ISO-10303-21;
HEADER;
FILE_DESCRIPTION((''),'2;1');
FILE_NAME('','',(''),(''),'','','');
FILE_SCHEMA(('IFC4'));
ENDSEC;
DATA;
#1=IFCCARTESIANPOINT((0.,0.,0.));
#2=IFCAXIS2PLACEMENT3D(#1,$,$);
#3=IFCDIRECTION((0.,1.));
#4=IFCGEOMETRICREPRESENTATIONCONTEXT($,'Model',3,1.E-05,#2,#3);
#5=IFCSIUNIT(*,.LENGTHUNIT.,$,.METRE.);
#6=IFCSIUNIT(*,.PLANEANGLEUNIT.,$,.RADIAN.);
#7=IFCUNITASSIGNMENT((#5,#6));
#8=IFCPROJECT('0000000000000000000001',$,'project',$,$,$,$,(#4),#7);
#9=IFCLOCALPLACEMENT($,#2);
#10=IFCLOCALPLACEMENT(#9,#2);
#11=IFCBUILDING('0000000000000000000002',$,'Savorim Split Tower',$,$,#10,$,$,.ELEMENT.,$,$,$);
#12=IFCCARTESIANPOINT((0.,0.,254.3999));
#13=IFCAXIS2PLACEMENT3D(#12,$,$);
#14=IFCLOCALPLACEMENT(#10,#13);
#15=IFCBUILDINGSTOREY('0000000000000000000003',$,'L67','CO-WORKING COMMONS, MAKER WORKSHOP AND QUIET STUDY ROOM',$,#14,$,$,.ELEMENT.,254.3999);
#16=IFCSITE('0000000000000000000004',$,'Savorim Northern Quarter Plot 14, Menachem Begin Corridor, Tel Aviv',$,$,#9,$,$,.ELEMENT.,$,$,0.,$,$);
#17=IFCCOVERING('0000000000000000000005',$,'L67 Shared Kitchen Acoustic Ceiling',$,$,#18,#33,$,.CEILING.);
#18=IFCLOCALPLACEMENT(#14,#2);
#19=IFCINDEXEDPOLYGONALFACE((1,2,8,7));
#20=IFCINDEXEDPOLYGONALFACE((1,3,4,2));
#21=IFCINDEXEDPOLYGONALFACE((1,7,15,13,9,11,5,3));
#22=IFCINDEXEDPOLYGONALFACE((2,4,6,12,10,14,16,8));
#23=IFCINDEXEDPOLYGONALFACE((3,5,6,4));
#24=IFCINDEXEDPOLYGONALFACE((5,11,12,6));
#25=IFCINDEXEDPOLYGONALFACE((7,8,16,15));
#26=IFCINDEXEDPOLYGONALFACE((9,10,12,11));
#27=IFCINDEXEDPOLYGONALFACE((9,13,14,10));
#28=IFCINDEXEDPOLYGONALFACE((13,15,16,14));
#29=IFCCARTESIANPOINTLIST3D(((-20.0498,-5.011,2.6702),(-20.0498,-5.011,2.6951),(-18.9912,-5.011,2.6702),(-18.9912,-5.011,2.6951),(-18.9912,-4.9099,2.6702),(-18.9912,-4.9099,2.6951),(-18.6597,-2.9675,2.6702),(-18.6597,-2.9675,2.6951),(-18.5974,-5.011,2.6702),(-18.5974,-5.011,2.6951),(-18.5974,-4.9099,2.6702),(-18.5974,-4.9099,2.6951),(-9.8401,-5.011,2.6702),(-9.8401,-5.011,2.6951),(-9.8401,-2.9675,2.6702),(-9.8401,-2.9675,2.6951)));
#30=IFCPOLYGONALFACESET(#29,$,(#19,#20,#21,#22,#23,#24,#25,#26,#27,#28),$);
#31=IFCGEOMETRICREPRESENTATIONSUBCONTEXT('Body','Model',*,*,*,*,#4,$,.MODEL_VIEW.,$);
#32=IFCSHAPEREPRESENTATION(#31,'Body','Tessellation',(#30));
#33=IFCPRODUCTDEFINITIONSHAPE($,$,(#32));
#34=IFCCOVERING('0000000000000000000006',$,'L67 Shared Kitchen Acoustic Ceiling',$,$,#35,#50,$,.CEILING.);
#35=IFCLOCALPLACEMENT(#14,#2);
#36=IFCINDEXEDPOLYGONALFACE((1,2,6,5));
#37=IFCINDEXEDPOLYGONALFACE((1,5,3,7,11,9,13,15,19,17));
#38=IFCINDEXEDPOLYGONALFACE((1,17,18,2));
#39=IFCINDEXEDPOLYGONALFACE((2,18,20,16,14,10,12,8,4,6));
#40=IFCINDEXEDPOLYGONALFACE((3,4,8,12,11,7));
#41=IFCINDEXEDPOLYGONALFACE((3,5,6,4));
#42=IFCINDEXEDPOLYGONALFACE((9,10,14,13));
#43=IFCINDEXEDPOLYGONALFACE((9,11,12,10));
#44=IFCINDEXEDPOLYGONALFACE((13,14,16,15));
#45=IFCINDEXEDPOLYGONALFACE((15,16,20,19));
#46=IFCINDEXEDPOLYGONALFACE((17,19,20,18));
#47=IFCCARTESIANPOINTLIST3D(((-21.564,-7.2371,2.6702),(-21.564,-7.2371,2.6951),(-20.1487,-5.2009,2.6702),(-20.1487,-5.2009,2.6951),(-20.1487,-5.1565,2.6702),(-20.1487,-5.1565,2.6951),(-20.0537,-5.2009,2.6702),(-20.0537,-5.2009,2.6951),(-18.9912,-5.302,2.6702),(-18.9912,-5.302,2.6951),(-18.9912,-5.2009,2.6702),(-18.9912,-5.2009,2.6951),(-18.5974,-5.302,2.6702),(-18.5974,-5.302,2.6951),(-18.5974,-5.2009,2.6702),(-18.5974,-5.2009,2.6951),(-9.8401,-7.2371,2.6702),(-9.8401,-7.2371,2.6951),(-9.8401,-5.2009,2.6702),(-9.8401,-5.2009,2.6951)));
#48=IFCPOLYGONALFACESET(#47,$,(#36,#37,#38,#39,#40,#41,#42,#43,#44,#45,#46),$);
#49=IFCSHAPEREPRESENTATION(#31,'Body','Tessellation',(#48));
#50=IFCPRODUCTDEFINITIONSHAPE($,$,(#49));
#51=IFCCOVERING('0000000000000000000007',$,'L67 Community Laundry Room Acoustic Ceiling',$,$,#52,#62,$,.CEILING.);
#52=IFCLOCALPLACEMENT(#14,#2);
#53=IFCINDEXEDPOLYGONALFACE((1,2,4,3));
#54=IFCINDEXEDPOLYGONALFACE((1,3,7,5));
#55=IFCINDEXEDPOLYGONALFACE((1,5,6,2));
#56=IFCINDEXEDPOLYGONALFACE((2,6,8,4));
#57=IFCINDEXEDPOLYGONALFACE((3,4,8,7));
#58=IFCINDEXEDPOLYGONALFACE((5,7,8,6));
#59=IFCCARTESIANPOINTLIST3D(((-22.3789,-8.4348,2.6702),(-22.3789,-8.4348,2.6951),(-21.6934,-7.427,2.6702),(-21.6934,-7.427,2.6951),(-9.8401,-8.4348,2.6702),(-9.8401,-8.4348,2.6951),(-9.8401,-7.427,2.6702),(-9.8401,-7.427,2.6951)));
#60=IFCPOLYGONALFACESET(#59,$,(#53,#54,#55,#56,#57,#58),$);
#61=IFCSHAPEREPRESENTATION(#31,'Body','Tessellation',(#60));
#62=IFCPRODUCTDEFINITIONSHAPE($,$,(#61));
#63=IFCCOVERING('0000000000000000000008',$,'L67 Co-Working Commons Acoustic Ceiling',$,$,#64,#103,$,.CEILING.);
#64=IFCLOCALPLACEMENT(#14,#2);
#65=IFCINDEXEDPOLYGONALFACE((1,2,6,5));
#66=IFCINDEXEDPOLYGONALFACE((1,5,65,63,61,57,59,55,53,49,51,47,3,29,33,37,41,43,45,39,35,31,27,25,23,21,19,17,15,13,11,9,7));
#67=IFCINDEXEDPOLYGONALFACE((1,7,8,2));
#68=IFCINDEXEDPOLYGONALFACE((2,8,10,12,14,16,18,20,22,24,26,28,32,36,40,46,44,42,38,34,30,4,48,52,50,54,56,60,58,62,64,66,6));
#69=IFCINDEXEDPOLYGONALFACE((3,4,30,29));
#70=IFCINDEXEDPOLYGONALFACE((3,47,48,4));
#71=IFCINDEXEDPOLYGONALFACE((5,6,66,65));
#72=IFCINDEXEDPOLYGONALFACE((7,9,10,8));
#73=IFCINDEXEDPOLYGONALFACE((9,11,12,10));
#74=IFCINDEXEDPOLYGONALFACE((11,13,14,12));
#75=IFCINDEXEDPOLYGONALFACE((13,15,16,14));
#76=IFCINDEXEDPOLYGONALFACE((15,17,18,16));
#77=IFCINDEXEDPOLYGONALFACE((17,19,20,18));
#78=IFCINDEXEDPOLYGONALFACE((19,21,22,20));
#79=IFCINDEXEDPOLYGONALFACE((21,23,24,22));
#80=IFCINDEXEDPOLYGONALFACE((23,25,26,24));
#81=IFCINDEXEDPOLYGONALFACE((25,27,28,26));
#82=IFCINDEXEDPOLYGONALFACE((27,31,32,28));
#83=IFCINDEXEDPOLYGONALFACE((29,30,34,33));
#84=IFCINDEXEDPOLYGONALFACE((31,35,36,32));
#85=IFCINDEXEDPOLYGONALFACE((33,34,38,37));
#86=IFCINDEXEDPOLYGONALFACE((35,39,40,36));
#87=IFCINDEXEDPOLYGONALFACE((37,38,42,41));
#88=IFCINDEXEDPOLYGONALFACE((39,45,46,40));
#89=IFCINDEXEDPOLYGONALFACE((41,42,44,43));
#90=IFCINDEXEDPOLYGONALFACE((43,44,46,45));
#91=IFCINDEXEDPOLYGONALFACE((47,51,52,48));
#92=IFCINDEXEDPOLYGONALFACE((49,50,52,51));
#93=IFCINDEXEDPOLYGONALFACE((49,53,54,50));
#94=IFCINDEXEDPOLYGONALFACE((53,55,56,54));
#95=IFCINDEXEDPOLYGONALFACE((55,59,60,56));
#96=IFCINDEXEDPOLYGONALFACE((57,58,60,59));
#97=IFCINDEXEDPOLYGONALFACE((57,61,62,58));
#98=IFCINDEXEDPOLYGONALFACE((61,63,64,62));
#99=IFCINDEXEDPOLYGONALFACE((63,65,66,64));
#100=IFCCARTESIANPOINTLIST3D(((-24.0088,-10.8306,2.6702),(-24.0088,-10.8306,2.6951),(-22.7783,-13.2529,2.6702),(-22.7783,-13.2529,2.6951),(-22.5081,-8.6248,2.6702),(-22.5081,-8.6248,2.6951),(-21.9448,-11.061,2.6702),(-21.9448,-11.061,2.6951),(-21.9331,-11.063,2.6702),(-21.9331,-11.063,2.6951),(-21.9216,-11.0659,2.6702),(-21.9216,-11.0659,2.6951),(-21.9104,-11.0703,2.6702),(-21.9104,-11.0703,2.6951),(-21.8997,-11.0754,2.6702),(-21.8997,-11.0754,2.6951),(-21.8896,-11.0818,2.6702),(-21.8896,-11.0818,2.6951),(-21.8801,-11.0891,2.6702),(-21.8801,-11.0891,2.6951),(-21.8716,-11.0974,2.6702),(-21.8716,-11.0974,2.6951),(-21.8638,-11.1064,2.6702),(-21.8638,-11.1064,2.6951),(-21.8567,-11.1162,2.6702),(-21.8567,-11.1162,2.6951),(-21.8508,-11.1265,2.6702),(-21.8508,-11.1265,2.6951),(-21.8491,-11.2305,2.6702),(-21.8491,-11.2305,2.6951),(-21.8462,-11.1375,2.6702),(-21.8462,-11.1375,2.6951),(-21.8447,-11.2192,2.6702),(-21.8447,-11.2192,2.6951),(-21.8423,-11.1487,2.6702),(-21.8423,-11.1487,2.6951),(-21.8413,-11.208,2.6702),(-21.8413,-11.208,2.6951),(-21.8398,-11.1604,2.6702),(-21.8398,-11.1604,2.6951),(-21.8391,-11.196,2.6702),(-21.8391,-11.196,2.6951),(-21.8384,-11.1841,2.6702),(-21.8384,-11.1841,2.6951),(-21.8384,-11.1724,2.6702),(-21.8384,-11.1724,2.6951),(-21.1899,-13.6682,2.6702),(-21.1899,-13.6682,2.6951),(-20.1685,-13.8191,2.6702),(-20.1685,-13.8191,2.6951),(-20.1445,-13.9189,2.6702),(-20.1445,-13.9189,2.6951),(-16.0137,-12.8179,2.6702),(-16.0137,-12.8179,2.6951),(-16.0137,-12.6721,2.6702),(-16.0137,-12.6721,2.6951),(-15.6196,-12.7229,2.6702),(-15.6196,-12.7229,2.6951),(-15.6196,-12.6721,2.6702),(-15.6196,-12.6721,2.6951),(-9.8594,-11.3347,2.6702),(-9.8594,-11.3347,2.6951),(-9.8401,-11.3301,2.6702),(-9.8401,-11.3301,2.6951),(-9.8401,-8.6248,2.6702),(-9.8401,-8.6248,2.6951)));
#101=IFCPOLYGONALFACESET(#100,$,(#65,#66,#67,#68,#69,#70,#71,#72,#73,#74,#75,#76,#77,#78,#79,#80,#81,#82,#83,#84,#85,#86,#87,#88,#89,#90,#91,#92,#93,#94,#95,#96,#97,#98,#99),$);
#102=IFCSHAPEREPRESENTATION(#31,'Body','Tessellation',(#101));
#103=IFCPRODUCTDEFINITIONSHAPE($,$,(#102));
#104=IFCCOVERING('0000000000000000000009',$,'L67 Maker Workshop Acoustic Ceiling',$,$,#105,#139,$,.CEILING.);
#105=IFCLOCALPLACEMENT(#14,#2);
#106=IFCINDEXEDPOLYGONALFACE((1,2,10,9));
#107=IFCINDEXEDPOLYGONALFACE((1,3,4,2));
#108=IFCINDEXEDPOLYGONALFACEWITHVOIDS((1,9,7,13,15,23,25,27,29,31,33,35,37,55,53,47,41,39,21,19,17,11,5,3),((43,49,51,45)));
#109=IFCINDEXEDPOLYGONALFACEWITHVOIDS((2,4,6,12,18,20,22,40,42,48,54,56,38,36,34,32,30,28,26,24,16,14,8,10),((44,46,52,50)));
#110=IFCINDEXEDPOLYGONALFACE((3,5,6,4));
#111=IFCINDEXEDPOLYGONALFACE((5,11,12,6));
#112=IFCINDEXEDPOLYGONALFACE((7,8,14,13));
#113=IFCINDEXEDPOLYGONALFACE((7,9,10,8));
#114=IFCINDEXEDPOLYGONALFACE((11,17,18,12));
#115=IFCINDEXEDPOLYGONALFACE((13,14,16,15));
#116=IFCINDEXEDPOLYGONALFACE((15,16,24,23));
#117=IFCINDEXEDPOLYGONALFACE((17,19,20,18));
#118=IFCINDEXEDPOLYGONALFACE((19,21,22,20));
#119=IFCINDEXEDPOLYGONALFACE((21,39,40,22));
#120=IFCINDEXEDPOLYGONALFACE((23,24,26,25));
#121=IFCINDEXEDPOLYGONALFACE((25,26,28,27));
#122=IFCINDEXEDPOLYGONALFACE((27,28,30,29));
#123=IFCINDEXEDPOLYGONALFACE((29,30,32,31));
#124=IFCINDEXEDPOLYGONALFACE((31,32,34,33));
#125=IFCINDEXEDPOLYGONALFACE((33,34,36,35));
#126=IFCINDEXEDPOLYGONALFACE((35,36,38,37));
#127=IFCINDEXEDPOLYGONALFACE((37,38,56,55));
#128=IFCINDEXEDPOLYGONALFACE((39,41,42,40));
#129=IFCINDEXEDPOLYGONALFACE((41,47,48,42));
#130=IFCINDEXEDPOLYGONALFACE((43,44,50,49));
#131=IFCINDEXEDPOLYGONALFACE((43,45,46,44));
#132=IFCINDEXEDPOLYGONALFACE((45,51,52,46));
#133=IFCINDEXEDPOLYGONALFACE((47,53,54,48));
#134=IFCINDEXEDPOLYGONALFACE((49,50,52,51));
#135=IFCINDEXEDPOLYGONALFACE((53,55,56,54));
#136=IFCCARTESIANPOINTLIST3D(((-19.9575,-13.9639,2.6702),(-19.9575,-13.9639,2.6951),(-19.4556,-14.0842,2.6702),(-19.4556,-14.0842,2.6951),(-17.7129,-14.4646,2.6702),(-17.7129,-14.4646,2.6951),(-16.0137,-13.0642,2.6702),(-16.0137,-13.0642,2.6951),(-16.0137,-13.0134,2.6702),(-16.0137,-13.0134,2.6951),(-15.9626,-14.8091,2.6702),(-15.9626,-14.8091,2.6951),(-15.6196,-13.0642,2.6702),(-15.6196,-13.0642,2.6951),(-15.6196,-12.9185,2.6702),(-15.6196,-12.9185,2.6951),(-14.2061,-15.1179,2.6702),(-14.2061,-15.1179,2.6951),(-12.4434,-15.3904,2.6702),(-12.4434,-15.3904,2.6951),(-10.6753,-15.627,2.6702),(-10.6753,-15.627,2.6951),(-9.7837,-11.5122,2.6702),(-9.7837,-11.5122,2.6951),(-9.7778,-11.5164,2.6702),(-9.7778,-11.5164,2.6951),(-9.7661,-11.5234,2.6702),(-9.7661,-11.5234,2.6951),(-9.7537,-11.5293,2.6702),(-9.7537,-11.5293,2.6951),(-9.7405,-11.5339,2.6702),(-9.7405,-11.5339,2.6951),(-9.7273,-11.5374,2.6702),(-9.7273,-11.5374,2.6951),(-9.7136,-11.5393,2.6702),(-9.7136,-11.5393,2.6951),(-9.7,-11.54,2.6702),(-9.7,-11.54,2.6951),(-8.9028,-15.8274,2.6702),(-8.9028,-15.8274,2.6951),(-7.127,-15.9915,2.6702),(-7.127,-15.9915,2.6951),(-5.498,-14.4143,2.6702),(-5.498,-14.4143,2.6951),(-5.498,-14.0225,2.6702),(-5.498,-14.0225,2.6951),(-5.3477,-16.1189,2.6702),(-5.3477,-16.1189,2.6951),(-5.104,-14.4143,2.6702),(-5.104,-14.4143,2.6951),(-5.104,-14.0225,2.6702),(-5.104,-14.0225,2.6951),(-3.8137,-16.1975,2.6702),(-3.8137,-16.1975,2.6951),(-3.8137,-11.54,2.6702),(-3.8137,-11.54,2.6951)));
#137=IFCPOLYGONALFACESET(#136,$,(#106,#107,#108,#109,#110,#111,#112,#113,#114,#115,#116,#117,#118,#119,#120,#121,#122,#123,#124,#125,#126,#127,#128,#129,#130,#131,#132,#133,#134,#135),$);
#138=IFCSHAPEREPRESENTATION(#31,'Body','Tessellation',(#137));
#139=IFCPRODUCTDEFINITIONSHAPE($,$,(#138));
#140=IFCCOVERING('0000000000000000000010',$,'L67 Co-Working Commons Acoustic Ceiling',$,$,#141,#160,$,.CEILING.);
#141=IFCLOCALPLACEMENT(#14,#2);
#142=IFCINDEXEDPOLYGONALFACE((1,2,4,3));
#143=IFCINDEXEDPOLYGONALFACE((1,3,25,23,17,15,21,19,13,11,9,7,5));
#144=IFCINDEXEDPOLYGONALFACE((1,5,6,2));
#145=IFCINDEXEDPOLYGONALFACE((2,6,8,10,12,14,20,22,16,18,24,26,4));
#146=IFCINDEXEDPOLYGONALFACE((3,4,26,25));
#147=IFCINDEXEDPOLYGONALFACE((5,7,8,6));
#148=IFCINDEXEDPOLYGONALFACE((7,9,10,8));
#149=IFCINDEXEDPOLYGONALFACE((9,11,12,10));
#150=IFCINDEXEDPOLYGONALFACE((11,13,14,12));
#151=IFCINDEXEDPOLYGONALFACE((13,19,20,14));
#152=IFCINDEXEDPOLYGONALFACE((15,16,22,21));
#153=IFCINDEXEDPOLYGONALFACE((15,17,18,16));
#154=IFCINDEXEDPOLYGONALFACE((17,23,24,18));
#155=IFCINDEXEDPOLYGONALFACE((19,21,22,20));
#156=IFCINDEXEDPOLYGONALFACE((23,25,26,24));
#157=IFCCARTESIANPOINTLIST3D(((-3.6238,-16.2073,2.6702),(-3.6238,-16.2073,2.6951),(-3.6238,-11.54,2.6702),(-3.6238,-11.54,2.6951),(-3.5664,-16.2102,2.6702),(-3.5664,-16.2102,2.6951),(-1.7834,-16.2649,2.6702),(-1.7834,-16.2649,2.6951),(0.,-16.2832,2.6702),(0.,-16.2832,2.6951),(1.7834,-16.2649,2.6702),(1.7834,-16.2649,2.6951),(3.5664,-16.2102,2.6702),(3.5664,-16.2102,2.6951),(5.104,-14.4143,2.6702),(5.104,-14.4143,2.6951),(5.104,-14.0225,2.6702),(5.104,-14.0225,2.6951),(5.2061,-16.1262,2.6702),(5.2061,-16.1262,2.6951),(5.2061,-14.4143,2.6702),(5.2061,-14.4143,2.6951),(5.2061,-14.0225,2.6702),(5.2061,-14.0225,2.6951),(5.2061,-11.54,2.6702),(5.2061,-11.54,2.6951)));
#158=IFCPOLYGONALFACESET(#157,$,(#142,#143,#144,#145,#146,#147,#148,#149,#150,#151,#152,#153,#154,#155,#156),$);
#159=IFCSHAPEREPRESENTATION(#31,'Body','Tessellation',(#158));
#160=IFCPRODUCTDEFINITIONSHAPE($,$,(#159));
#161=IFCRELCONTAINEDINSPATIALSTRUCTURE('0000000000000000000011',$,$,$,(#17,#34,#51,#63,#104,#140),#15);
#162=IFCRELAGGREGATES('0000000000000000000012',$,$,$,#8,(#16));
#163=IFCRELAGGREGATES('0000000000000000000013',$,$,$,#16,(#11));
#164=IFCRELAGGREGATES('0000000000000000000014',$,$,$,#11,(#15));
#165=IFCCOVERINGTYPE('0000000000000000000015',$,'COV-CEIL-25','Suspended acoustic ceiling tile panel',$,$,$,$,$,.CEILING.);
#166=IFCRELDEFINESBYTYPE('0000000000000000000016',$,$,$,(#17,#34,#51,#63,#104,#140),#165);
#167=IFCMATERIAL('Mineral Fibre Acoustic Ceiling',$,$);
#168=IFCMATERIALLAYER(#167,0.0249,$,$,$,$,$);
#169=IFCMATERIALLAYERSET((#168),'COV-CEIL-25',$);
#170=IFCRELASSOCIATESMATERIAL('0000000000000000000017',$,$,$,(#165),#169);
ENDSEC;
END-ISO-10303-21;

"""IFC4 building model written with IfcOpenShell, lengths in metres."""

from ifc_helpers import new_model, si_unit, direction, frame, origin, place, context, subcontext, project, spatial, polyline, outline, extrude, material, layer, layer_set, type_object, element, save


model = new_model("IFC4")

# Units and contexts
model_context = context("Model", 3, precision=1e-05, world=origin(), true_north=direction((0.0, 1.0)))
body_context = subcontext(model_context, "Body", "Model", "MODEL_VIEW")
ifc_project = project(units=[si_unit("LENGTHUNIT", "METRE"), si_unit("PLANEANGLEUNIT", "RADIAN")], contexts=[model_context])

# Site, building, storey
site_placement = place(None, origin())
site = spatial("IfcSite", under=ifc_project, at=site_placement, Name="Savorim Northern Quarter Plot 14, Menachem Begin Corridor, Tel Aviv", CompositionType="ELEMENT", RefElevation=0.0)
building_placement = place(site_placement, origin())
building = spatial("IfcBuilding", under=site, at=building_placement, Name="Savorim Split Tower", CompositionType="ELEMENT")
storey_placement = place(building_placement, frame((0.0, 0.0, 254.3999)))
storey = spatial("IfcBuildingStorey", under=building, at=storey_placement, Name="L67", Description="CO-WORKING COMMONS, MAKER WORKSHOP AND QUIET STUDY ROOM", CompositionType="ELEMENT", Elevation=254.3999)

# Coverings
ifc_material_1 = material(Name="Mineral Fibre Acoustic Ceiling")
ifc_layer_1 = layer(ifc_material_1, 0.0249)
ifc_layer_set_1 = layer_set([ifc_layer_1], Name="COV-CEIL-25")
covering_type_1 = type_object("IfcCoveringType", Name="COV-CEIL-25", Description="Suspended acoustic ceiling tile panel", PredefinedType="CEILING", material=ifc_layer_set_1)
covering_1_placement = place(storey_placement, frame((0.0, 0.0, 2.6702)))
element("IfcCovering", 1, at=covering_1_placement, inside=storey, type_object=covering_type_1, Name="L67 Shared Kitchen Acoustic Ceiling", PredefinedType="CEILING", context=body_context, shape_type="SweptSolid", body=[
    extrude(outline(polyline([(-18.5974, -4.9099), (-18.5974, -5.011), (-9.8401, -5.011), (-9.8401, -2.9675), (-18.6597, -2.9675), (-20.0498, -5.011), (-18.9912, -5.011), (-18.9912, -4.9099), (-18.5974, -4.9099)])), origin(), (0.0, 0.0, 1.0), 0.0249),
])
covering_2_placement = place(storey_placement, frame((0.0, 0.0, 2.6702)))
element("IfcCovering", 2, at=covering_2_placement, inside=storey, type_object=covering_type_1, Name="L67 Shared Kitchen Acoustic Ceiling", PredefinedType="CEILING", context=body_context, shape_type="SweptSolid", body=[
    extrude(outline(polyline([(-20.0537, -5.2009), (-20.1487, -5.2009), (-20.1487, -5.1565), (-21.564, -7.2371), (-9.8401, -7.2371), (-9.8401, -5.2009), (-18.5974, -5.2009), (-18.5974, -5.302), (-18.9912, -5.302), (-18.9912, -5.2009), (-20.0537, -5.2009)])), origin(), (0.0, 0.0, 1.0), 0.0249),
])
covering_3_placement = place(storey_placement, frame((0.0, 0.0, 2.6702)))
element("IfcCovering", 3, at=covering_3_placement, inside=storey, type_object=covering_type_1, Name="L67 Community Laundry Room Acoustic Ceiling", PredefinedType="CEILING", context=body_context, shape_type="SweptSolid", body=[
    extrude(outline(polyline([(-9.8401, -8.4348), (-9.8401, -7.427), (-21.6934, -7.427), (-22.3789, -8.4348), (-9.8401, -8.4348)])), origin(), (0.0, 0.0, 1.0), 0.0249),
])
covering_4_placement = place(storey_placement, frame((0.0, 0.0, 2.6702)))
element("IfcCovering", 4, at=covering_4_placement, inside=storey, type_object=covering_type_1, Name="L67 Co-Working Commons Acoustic Ceiling", PredefinedType="CEILING", context=body_context, shape_type="SweptSolid", body=[
    extrude(outline(polyline([(-21.8384, -11.1841), (-21.8391, -11.196), (-21.8413, -11.208), (-21.8447, -11.2192), (-21.8491, -11.2305), (-22.7783, -13.2529), (-21.1899, -13.6682), (-20.1445, -13.9189), (-20.1685, -13.8191), (-16.0137, -12.8179), (-16.0137, -12.6721), (-15.6196, -12.6721), (-15.6196, -12.7229), (-9.8594, -11.3347), (-9.8401, -11.3301), (-9.8401, -8.6248), (-22.5081, -8.6248), (-24.0088, -10.8306), (-21.9448, -11.061), (-21.9331, -11.063), (-21.9216, -11.0659), (-21.9104, -11.0703), (-21.8997, -11.0754), (-21.8896, -11.0818), (-21.8801, -11.0891), (-21.8716, -11.0974), (-21.8638, -11.1064), (-21.8567, -11.1162), (-21.8508, -11.1265), (-21.8462, -11.1375), (-21.8423, -11.1487), (-21.8398, -11.1604), (-21.8384, -11.1724), (-21.8384, -11.1841)])), origin(), (0.0, 0.0, 1.0), 0.0249),
])
covering_5_placement = place(storey_placement, frame((0.0, 0.0, 2.6702)))
element("IfcCovering", 5, at=covering_5_placement, inside=storey, type_object=covering_type_1, Name="L67 Maker Workshop Acoustic Ceiling", PredefinedType="CEILING", context=body_context, shape_type="SweptSolid", body=[
    extrude(outline(polyline([(-8.9028, -15.8274), (-7.127, -15.9915), (-5.3477, -16.1189), (-3.8137, -16.1975), (-3.8137, -11.54), (-9.7, -11.54), (-9.7136, -11.5393), (-9.7273, -11.5374), (-9.7405, -11.5339), (-9.7537, -11.5293), (-9.7661, -11.5234), (-9.7778, -11.5164), (-9.7837, -11.5122), (-15.6196, -12.9185), (-15.6196, -13.0642), (-16.0137, -13.0642), (-16.0137, -13.0134), (-19.9575, -13.9639), (-19.4556, -14.0842), (-17.7129, -14.4646), (-15.9626, -14.8091), (-14.2061, -15.1179), (-12.4434, -15.3904), (-10.6753, -15.627), (-8.9028, -15.8274)]), holes=[polyline([(-5.498, -14.4143), (-5.104, -14.4143), (-5.104, -14.0225), (-5.498, -14.0225), (-5.498, -14.4143)])]), origin(), (0.0, 0.0, 1.0), 0.0249),
])
covering_6_placement = place(storey_placement, frame((0.0, 0.0, 2.6702)))
element("IfcCovering", 6, at=covering_6_placement, inside=storey, type_object=covering_type_1, Name="L67 Co-Working Commons Acoustic Ceiling", PredefinedType="CEILING", context=body_context, shape_type="SweptSolid", body=[
    extrude(outline(polyline([(-1.7834, -16.2649), (0.0, -16.2832), (1.7834, -16.2649), (3.5664, -16.2102), (5.2061, -16.1262), (5.2061, -14.4143), (5.104, -14.4143), (5.104, -14.0225), (5.2061, -14.0225), (5.2061, -11.54), (-3.6238, -11.54), (-3.6238, -16.2073), (-3.5664, -16.2102), (-1.7834, -16.2649)])), origin(), (0.0, 0.0, 1.0), 0.0249),
])

save(model, "model.ifc")
